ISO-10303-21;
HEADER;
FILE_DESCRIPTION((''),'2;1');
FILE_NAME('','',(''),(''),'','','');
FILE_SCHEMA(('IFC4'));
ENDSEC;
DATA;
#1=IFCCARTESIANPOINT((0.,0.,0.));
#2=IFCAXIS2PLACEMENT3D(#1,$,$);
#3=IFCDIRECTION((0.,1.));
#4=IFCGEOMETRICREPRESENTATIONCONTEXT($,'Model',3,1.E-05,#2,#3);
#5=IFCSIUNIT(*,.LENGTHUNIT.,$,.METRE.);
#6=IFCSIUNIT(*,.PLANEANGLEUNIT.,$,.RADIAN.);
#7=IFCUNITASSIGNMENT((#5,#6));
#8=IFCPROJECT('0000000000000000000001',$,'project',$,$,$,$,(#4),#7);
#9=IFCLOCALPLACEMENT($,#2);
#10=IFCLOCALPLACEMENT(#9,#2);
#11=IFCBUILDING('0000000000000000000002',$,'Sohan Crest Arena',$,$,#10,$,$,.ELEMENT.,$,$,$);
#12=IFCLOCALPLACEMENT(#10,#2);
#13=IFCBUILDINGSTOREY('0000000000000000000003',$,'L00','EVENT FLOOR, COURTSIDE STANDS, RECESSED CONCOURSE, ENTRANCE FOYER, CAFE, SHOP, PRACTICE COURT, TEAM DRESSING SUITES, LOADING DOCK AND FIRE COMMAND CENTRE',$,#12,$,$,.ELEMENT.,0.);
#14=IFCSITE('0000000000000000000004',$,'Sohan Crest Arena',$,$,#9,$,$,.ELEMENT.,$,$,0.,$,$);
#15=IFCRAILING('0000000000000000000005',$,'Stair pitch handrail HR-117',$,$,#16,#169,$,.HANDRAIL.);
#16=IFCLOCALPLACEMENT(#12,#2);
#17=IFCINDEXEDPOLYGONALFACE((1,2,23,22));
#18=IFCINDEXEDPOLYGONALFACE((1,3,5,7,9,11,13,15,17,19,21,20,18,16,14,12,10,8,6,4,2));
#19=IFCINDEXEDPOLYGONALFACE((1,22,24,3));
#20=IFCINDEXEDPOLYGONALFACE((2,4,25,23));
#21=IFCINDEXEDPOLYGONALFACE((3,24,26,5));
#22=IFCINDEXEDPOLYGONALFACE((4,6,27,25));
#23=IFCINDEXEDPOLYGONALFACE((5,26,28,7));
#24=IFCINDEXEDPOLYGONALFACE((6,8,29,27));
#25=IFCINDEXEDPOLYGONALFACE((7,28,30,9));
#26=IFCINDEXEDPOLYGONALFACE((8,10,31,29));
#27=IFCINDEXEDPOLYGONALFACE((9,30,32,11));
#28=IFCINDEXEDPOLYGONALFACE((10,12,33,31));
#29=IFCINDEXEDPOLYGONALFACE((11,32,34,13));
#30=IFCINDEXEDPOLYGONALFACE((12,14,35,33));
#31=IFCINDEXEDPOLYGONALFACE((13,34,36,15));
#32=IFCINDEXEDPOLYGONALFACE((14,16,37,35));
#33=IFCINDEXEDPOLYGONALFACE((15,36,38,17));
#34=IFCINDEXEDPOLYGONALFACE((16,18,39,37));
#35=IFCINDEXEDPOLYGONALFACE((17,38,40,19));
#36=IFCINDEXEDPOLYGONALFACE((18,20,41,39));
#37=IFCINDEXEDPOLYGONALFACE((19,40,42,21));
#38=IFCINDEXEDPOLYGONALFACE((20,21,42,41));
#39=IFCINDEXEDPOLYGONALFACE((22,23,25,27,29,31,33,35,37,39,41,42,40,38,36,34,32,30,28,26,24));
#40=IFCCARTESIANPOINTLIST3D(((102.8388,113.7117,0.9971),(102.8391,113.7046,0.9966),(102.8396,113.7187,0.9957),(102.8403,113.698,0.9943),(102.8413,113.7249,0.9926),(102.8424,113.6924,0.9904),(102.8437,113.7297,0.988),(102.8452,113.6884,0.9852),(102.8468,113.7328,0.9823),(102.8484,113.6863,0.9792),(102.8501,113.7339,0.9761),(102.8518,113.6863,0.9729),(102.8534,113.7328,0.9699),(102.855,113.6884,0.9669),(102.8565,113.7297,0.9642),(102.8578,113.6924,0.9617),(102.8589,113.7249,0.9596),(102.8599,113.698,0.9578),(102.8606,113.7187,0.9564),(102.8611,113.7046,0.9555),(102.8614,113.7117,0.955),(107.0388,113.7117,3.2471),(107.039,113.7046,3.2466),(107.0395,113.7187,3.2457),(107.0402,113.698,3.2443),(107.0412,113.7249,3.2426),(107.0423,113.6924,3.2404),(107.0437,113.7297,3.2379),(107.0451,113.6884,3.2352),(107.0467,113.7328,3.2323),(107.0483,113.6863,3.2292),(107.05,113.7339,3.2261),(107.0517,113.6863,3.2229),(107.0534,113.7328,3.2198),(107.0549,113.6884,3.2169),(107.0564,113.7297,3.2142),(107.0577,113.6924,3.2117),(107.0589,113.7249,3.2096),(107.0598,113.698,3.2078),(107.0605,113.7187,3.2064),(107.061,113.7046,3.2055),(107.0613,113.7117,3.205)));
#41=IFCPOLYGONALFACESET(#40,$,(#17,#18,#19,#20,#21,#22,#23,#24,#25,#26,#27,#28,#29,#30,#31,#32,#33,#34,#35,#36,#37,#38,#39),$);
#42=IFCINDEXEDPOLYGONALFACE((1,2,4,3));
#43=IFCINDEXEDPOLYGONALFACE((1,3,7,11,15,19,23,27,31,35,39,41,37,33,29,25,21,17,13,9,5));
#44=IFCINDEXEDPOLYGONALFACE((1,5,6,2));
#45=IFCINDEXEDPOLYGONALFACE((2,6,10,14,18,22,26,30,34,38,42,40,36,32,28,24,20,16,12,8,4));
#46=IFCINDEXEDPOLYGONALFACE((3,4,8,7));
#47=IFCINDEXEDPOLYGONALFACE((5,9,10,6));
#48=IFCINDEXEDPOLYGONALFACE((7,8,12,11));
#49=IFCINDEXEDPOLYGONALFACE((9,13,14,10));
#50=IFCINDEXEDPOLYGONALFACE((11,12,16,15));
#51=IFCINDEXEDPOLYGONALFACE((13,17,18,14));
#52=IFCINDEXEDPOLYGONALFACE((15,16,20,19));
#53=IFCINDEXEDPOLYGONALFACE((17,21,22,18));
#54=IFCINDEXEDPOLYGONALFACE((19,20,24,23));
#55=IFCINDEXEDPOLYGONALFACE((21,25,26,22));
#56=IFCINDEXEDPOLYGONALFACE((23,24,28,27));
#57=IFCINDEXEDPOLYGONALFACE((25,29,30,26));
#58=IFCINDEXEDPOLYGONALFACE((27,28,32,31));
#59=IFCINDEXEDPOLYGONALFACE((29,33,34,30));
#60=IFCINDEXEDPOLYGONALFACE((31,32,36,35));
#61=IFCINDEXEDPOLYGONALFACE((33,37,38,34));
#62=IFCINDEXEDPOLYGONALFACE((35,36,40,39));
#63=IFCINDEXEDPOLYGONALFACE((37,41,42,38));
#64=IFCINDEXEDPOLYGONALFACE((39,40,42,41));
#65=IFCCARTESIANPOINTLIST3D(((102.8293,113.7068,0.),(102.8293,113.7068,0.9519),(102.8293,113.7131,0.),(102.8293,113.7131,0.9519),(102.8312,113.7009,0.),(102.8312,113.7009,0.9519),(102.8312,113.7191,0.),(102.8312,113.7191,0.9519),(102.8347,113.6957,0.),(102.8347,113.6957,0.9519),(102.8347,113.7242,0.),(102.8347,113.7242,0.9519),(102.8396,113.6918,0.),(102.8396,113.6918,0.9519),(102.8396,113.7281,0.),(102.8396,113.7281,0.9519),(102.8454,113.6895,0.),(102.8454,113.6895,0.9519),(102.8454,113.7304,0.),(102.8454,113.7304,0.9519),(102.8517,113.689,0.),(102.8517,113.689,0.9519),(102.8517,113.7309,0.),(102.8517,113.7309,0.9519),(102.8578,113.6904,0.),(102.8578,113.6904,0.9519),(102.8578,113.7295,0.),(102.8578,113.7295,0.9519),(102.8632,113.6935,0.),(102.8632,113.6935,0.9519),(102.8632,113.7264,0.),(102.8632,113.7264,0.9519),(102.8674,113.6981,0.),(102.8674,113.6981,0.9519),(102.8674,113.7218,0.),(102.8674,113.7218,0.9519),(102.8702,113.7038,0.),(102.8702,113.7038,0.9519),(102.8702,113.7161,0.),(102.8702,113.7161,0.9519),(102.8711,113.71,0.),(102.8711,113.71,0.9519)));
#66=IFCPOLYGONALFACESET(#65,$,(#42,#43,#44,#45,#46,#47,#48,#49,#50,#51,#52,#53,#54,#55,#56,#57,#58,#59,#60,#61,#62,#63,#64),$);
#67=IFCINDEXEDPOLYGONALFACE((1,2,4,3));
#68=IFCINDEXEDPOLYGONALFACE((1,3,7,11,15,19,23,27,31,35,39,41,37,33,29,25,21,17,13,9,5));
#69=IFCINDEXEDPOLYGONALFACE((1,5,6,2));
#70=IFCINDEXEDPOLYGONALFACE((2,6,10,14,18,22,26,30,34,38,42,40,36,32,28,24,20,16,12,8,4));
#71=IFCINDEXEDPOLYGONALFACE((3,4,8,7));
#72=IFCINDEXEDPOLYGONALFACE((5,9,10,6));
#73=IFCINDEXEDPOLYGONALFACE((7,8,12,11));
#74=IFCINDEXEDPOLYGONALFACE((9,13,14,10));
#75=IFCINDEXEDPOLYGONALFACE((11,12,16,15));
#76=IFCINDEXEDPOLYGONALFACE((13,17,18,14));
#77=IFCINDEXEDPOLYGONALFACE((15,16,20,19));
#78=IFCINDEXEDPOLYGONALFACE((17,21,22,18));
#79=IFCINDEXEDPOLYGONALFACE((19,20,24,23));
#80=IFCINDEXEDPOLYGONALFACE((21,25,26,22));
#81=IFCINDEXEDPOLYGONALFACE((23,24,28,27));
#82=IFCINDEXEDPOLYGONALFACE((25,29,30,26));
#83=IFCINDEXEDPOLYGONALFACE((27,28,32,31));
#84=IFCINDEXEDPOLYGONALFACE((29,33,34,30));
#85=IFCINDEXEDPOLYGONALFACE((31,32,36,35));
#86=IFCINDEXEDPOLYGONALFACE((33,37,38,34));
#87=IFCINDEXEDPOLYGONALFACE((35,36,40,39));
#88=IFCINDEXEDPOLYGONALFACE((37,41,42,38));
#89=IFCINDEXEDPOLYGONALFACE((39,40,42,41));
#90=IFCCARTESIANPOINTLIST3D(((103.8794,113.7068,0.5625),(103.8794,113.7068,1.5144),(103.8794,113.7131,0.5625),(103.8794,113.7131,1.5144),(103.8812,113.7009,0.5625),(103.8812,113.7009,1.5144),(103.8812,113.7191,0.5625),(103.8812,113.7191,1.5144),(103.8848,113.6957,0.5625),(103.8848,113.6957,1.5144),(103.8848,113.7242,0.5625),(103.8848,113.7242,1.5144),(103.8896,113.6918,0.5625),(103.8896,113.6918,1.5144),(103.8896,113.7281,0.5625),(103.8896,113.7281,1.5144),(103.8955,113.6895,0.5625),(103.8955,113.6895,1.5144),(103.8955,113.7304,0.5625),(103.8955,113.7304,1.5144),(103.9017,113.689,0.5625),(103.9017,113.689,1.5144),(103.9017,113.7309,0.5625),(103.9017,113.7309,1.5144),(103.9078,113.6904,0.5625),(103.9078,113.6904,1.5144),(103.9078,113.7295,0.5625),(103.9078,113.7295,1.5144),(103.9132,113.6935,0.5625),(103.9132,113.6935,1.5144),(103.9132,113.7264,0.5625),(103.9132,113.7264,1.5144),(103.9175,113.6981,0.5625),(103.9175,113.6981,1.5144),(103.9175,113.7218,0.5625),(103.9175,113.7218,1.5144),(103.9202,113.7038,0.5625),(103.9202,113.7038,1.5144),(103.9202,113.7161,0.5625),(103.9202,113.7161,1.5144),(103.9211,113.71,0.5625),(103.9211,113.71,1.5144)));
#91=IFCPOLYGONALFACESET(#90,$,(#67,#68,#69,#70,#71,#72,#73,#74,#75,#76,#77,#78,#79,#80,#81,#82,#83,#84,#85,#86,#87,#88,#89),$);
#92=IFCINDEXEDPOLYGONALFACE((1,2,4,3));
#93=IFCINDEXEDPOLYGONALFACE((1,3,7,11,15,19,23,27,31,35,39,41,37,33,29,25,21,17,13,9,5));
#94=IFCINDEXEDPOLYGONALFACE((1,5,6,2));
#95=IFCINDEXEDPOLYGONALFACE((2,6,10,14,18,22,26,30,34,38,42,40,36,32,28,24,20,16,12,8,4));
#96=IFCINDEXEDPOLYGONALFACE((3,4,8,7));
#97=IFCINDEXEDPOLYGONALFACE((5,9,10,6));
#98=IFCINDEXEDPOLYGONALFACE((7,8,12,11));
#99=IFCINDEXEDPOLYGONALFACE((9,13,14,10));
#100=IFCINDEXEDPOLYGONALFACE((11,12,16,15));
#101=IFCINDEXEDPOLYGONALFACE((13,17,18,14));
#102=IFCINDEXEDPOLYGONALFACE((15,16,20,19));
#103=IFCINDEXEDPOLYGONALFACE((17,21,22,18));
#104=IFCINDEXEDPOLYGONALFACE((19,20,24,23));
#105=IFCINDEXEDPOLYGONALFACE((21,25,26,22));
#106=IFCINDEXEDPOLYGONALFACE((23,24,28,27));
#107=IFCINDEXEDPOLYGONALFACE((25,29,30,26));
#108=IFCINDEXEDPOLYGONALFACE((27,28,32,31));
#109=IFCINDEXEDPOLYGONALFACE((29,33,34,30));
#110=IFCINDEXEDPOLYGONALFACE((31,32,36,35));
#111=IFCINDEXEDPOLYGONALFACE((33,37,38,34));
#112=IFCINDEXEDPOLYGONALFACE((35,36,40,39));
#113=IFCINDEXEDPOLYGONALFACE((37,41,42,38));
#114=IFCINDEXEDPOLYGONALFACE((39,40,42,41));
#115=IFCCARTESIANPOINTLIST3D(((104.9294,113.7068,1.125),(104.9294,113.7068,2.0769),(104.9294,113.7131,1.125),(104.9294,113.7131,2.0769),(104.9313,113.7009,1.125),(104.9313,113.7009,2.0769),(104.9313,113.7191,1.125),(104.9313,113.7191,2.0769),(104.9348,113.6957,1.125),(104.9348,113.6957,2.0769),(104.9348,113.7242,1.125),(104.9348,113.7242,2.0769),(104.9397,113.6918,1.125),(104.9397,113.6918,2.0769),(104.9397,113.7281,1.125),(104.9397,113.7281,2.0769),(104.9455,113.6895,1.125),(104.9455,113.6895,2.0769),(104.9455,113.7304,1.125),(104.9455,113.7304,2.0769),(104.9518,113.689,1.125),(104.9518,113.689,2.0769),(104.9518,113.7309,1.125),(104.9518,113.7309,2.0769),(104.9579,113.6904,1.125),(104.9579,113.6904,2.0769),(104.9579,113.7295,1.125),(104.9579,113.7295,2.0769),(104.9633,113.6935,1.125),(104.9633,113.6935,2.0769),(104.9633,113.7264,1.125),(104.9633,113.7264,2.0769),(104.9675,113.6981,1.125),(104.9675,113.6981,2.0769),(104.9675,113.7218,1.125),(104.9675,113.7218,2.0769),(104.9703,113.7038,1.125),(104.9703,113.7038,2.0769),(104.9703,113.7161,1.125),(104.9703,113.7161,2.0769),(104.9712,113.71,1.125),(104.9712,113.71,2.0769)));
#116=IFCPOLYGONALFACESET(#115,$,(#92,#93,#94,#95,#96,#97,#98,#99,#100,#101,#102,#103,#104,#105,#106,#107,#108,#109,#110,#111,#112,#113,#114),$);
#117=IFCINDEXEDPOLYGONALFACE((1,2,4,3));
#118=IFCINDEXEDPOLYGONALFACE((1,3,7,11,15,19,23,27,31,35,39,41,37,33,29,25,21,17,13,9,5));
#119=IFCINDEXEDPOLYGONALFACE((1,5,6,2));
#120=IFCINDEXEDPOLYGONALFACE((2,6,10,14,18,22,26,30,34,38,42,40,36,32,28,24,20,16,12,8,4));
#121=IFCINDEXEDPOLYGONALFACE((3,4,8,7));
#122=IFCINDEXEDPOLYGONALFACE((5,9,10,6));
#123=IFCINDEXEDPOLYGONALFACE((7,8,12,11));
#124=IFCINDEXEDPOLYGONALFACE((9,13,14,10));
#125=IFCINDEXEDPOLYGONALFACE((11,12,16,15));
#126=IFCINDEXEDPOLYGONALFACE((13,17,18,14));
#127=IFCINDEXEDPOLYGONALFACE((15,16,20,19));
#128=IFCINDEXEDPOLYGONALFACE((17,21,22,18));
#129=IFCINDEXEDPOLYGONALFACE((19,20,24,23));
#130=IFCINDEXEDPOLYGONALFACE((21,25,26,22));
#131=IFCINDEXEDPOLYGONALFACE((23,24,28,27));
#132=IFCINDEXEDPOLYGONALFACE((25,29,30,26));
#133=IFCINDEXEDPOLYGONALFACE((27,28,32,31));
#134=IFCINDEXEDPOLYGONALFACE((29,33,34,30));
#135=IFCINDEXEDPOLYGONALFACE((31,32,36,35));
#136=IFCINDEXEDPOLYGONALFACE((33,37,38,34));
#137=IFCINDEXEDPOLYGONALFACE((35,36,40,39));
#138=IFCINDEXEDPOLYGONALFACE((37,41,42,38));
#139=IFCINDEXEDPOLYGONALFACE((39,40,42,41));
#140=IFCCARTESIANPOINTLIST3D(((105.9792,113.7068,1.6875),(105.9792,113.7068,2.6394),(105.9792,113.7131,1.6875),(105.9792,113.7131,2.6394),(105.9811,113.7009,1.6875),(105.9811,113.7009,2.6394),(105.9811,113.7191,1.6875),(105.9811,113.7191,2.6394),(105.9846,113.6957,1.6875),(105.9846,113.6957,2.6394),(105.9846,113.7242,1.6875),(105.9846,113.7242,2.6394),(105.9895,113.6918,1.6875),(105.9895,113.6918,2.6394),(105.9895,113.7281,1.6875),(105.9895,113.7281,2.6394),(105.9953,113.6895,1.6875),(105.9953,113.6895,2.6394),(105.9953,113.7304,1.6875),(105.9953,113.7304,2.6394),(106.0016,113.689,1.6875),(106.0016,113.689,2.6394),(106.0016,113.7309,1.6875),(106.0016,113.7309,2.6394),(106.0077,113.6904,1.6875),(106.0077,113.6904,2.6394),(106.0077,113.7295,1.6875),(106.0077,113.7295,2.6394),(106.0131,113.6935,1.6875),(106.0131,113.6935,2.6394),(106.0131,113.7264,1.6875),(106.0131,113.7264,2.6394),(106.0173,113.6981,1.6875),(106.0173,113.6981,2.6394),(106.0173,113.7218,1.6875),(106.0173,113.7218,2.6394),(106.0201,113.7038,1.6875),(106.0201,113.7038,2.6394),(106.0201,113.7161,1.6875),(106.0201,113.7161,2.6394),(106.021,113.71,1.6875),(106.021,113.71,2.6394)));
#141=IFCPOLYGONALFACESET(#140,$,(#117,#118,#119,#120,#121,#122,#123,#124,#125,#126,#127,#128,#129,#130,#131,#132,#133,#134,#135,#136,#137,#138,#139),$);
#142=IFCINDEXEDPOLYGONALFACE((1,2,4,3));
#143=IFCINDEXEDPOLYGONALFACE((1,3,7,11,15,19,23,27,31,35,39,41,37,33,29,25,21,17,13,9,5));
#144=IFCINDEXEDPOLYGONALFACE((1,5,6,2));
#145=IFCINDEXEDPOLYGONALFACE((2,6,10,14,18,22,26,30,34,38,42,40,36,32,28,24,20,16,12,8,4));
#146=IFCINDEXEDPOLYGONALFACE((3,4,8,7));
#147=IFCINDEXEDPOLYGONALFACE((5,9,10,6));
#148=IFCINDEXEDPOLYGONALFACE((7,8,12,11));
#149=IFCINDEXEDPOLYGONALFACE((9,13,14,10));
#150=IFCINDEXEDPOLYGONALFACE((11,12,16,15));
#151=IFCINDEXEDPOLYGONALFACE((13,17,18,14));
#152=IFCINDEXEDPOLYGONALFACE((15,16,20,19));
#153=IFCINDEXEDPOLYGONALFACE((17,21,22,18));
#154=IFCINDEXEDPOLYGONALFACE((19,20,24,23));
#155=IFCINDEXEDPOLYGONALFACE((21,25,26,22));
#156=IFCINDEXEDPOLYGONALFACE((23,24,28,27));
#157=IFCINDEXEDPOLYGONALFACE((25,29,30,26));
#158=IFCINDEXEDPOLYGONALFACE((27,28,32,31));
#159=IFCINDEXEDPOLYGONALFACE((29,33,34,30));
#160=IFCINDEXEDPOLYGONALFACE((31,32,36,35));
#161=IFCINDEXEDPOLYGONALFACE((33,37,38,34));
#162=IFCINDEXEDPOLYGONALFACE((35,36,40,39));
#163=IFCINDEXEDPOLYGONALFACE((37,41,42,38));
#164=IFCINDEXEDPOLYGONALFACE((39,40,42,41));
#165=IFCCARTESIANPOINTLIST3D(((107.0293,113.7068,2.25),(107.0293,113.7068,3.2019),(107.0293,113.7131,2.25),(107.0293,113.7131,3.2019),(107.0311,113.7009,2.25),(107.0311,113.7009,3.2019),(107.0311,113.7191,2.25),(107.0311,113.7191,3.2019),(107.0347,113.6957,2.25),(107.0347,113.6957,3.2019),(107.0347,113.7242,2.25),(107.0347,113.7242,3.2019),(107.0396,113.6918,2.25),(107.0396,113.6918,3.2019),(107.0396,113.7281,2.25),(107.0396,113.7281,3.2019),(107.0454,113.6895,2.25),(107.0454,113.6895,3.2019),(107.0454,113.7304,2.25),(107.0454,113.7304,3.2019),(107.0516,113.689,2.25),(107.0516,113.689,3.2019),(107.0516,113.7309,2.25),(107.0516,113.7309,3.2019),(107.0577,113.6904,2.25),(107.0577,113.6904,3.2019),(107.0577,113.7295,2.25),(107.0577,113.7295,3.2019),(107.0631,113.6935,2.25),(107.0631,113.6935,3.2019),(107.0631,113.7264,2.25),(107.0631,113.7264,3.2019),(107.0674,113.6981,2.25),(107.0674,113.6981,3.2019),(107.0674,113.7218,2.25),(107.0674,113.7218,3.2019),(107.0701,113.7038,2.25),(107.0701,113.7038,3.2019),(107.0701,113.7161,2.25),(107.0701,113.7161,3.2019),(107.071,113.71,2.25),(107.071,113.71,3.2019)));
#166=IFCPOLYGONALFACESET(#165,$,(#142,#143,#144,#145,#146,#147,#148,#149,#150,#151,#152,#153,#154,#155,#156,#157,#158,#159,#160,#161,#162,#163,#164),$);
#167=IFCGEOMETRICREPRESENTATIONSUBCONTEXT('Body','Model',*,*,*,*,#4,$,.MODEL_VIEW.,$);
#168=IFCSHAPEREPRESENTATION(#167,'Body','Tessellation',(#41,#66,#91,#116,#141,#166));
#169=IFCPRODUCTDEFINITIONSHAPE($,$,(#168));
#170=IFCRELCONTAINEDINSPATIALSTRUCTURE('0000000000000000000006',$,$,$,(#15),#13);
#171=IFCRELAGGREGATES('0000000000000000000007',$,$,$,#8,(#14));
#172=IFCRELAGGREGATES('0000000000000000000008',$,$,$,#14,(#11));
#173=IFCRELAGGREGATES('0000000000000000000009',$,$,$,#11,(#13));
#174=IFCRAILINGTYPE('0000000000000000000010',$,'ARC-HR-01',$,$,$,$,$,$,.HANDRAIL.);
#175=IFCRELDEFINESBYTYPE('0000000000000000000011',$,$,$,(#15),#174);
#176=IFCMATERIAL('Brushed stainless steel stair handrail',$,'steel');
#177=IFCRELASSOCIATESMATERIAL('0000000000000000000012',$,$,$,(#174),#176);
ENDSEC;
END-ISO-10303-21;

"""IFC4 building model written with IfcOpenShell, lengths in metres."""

from ifc_helpers import new_model, si_unit, direction, frame, origin, origin_2d, place, context, subcontext, project, spatial, circle, extrude, material, type_object, element, save


model = new_model("IFC4")

# Units and contexts
model_context = context("Model", 3, precision=1e-05, world=origin(), true_north=direction((0.0, 1.0)))
body_context = subcontext(model_context, "Body", "Model", "MODEL_VIEW")
ifc_project = project(units=[si_unit("LENGTHUNIT", "METRE"), si_unit("PLANEANGLEUNIT", "RADIAN")], contexts=[model_context])

# Site, building, storey
site_placement = place(None, origin())
site = spatial("IfcSite", under=ifc_project, at=site_placement, Name="Sohan Crest Arena", CompositionType="ELEMENT", RefElevation=0.0)
building_placement = place(site_placement, origin())
building = spatial("IfcBuilding", under=site, at=building_placement, Name="Sohan Crest Arena", CompositionType="ELEMENT")
storey_placement = place(building_placement, origin())
storey = spatial("IfcBuildingStorey", under=building, at=storey_placement, Name="L00", Description="EVENT FLOOR, COURTSIDE STANDS, RECESSED CONCOURSE, ENTRANCE FOYER, CAFE, SHOP, PRACTICE COURT, TEAM DRESSING SUITES, LOADING DOCK AND FIRE COMMAND CENTRE", CompositionType="ELEMENT", Elevation=0.0)

# Railing
ifc_material_1 = material(Name="Brushed stainless steel stair handrail", Category="steel")
railing_type_1 = type_object("IfcRailingType", Name="ARC-HR-01", PredefinedType="HANDRAIL", material=ifc_material_1)
for number, where, name in (
    (1, (102.8501, 113.71, 0.0), "Stair pitch handrail HR-117"),
):
    element("IfcRailing", number, at=place(storey_placement, frame(where)), inside=storey, type_object=railing_type_1, Name=name, PredefinedType="HANDRAIL", context=body_context, shape_type="SweptSolid", body=[
        extrude(circle(Radius=0.0239, at=origin_2d()), frame((0.0, 0.0, 0.9761), z_axis=(0.881478, 0.0, 0.472226), x_axis=(0.0, 1.0, 0.0)), (0.0, 0.0, 1.0), 4.7646),
        extrude(circle(Radius=0.021, at=origin_2d()), origin(), (0.0, 0.0, 1.0), 0.9519),
        extrude(circle(Radius=0.021, at=origin_2d()), frame((1.05, 0.0, 0.5625)), (0.0, 0.0, 1.0), 0.9519),
        extrude(circle(Radius=0.021, at=origin_2d()), frame((2.1001, 0.0, 1.125)), (0.0, 0.0, 1.0), 0.9519),
        extrude(circle(Radius=0.021, at=origin_2d()), frame((3.1499, 0.0, 1.6875)), (0.0, 0.0, 1.0), 0.9519),
        extrude(circle(Radius=0.021, at=origin_2d()), frame((4.2, 0.0, 2.25)), (0.0, 0.0, 1.0), 0.9519),
    ])

save(model, "model.ifc")
